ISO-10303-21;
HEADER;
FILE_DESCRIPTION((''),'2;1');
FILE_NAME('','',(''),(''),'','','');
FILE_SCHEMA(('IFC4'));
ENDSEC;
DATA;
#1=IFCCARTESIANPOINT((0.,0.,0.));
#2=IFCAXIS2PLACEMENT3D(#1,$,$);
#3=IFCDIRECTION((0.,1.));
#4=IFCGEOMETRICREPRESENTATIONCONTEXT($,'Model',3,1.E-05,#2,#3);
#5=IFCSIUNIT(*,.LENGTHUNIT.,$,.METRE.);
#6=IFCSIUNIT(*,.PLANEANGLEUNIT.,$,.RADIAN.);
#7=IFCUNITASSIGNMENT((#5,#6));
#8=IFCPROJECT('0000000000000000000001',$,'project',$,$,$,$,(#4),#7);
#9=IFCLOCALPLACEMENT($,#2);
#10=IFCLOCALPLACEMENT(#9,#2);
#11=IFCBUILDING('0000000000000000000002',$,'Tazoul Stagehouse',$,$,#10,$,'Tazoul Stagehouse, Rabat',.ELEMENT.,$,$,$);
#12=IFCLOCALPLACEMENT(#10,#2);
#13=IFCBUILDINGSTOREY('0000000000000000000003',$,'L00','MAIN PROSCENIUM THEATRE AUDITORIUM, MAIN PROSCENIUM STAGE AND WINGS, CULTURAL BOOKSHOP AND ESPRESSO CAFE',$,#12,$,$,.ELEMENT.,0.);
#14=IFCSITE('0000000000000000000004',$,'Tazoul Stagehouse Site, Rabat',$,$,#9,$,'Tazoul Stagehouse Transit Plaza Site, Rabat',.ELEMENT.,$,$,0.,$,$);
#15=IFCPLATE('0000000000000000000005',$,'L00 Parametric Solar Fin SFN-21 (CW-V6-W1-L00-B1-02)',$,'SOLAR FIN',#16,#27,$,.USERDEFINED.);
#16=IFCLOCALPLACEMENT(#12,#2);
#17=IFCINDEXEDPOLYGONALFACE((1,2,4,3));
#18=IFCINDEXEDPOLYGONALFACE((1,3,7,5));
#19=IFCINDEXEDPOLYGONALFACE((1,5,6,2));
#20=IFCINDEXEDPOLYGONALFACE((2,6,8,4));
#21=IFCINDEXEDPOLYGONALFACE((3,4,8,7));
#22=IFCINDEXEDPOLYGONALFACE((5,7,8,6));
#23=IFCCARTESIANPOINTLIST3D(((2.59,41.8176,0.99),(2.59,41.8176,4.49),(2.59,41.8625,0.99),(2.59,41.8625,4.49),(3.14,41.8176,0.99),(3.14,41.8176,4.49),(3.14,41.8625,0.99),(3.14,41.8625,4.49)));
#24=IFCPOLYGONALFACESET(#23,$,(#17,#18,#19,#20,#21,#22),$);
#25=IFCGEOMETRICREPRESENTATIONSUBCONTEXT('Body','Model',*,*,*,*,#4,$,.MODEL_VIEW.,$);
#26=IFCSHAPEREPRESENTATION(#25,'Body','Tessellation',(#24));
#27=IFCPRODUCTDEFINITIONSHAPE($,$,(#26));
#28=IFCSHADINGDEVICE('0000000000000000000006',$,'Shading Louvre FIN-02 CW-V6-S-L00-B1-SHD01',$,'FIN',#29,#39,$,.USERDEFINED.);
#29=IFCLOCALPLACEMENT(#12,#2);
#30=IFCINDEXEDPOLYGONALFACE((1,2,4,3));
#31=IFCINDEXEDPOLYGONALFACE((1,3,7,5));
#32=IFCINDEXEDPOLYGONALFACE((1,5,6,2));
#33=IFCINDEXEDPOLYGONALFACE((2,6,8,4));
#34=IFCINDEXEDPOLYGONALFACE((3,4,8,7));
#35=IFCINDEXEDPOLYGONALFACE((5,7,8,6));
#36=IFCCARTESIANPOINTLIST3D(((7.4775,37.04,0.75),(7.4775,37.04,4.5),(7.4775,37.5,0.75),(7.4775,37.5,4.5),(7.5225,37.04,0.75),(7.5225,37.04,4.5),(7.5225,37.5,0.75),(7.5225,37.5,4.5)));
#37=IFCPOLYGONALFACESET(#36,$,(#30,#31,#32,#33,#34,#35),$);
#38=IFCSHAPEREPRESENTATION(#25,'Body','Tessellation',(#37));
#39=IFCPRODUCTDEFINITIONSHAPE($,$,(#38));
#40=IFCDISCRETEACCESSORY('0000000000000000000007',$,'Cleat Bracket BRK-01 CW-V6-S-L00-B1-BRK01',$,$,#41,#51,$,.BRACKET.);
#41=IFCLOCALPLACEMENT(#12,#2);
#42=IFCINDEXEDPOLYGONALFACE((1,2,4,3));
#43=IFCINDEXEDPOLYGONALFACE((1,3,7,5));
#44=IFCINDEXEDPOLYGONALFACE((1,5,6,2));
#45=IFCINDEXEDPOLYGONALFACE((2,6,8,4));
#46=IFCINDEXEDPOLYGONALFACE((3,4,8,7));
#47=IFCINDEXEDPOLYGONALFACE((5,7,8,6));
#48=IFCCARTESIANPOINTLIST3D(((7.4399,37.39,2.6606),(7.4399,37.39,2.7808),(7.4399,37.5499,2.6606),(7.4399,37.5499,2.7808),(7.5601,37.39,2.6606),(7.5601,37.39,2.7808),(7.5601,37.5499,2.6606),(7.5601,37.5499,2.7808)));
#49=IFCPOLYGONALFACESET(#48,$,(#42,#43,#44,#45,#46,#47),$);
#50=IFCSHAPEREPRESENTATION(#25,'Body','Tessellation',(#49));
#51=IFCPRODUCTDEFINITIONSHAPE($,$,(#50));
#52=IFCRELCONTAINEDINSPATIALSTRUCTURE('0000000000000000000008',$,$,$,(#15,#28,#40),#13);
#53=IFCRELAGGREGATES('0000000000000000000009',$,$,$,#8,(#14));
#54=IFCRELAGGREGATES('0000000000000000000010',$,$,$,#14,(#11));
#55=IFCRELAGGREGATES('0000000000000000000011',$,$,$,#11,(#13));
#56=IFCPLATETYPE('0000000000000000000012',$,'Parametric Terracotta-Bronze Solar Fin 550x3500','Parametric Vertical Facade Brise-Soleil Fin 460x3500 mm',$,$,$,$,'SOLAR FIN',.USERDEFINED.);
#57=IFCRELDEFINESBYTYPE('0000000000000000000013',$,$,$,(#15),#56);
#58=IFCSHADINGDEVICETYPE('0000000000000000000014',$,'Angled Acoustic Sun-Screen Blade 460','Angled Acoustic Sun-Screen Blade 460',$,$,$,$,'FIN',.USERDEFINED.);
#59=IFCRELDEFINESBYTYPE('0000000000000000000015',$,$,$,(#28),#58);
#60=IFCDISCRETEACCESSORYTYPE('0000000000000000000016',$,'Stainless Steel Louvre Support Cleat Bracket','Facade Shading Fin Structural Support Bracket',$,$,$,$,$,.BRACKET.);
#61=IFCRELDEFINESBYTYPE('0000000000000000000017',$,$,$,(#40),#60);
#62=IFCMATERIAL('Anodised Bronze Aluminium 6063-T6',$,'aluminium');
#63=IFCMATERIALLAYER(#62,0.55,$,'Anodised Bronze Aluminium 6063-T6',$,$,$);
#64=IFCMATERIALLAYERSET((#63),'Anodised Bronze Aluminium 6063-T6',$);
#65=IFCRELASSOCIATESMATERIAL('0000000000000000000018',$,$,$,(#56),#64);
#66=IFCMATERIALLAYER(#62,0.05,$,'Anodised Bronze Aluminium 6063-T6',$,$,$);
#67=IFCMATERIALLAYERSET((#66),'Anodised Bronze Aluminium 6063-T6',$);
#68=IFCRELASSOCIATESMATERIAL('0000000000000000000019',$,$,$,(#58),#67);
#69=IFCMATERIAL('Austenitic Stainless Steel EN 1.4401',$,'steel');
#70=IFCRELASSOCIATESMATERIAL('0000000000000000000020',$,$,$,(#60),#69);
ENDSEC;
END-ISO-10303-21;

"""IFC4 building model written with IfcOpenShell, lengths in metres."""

from ifc_helpers import new_model, si_unit, direction, frame, origin, origin_2d, place, context, subcontext, project, spatial, rectangle, extrude, material, layer, layer_set, type_object, element, save


model = new_model("IFC4")

# Units and contexts
model_context = context("Model", 3, precision=1e-05, world=origin(), true_north=direction((0.0, 1.0)))
body_context = subcontext(model_context, "Body", "Model", "MODEL_VIEW")
ifc_project = project(units=[si_unit("LENGTHUNIT", "METRE"), si_unit("PLANEANGLEUNIT", "RADIAN")], contexts=[model_context])

# Shared definitions
ifc_material_1 = material(Name="Anodised Bronze Aluminium 6063-T6", Category="aluminium")
site_placement = place(None, origin())
building_placement = place(site_placement, origin())
storey_placement = place(building_placement, origin())

# Site, building, storey
site = spatial("IfcSite", under=ifc_project, at=site_placement, Name="Tazoul Stagehouse Site, Rabat", LongName="Tazoul Stagehouse Transit Plaza Site, Rabat", CompositionType="ELEMENT", RefElevation=0.0)
building = spatial("IfcBuilding", under=site, at=building_placement, Name="Tazoul Stagehouse", LongName="Tazoul Stagehouse, Rabat", CompositionType="ELEMENT")
storey = spatial("IfcBuildingStorey", under=building, at=storey_placement, Name="L00", Description="MAIN PROSCENIUM THEATRE AUDITORIUM, MAIN PROSCENIUM STAGE AND WINGS, CULTURAL BOOKSHOP AND ESPRESSO CAFE", CompositionType="ELEMENT", Elevation=0.0)

# Plate
ifc_layer_1 = layer(ifc_material_1, 0.55, Name="Anodised Bronze Aluminium 6063-T6")
ifc_layer_set_1 = layer_set([ifc_layer_1], Name="Anodised Bronze Aluminium 6063-T6")
plate_type_1 = type_object("IfcPlateType", Name="Parametric Terracotta-Bronze Solar Fin 550x3500", Description="Parametric Vertical Facade Brise-Soleil Fin 460x3500 mm", ElementType="SOLAR FIN", PredefinedType="USERDEFINED", material=ifc_layer_set_1)
plate_1_placement = place(storey_placement, frame((2.865, 41.8401, 0.99), z_axis=(0.0, 0.0, 1.0), x_axis=(0.0, 1.0, 0.0)))
element("IfcPlate", 1, at=plate_1_placement, inside=storey, type_object=plate_type_1, Name="L00 Parametric Solar Fin SFN-21 (CW-V6-W1-L00-B1-02)", ObjectType="SOLAR FIN", PredefinedType="USERDEFINED", context=body_context, shape_type="SweptSolid", body=[
    extrude(rectangle(XDim=0.0449, YDim=0.55, at=origin_2d()), origin(), (0.0, 0.0, 1.0), 3.5),
])

# Shading device
ifc_layer_2 = layer(ifc_material_1, 0.05, Name="Anodised Bronze Aluminium 6063-T6")
ifc_layer_set_2 = layer_set([ifc_layer_2], Name="Anodised Bronze Aluminium 6063-T6")
shading_device_type = type_object("IfcShadingDeviceType", Name="Angled Acoustic Sun-Screen Blade 460", Description="Angled Acoustic Sun-Screen Blade 460", ElementType="FIN", PredefinedType="USERDEFINED", material=ifc_layer_set_2)
shading_device_placement = place(storey_placement, frame((7.5, 37.27, 0.75), z_axis=(0.0, 0.0, 1.0), x_axis=(1.0, 0.0, 0.0)))
element("IfcShadingDevice", 2, at=shading_device_placement, inside=storey, type_object=shading_device_type, Name="Shading Louvre FIN-02 CW-V6-S-L00-B1-SHD01", ObjectType="FIN", PredefinedType="USERDEFINED", context=body_context, shape_type="SweptSolid", body=[
    extrude(rectangle(XDim=0.0449, YDim=0.46, at=origin_2d()), origin(), (0.0, 0.0, 1.0), 3.75),
])

# Discrete accessory
ifc_material_2 = material(Name="Austenitic Stainless Steel EN 1.4401", Category="steel")
discrete_accessory_type = type_object("IfcDiscreteAccessoryType", Name="Stainless Steel Louvre Support Cleat Bracket", Description="Facade Shading Fin Structural Support Bracket", PredefinedType="BRACKET", material=ifc_material_2)
discrete_accessory_placement = place(storey_placement, frame((7.5, 37.47, 2.6606), z_axis=(0.0, 0.0, 1.0), x_axis=(1.0, 0.0, 0.0)))
element("IfcDiscreteAccessory", 3, at=discrete_accessory_placement, inside=storey, type_object=discrete_accessory_type, Name="Cleat Bracket BRK-01 CW-V6-S-L00-B1-BRK01", PredefinedType="BRACKET", context=body_context, shape_type="SweptSolid", body=[
    extrude(rectangle(XDim=0.1201, YDim=0.1599, at=origin_2d()), origin(), (0.0, 0.0, 1.0), 0.1201),
])

save(model, "model.ifc")
